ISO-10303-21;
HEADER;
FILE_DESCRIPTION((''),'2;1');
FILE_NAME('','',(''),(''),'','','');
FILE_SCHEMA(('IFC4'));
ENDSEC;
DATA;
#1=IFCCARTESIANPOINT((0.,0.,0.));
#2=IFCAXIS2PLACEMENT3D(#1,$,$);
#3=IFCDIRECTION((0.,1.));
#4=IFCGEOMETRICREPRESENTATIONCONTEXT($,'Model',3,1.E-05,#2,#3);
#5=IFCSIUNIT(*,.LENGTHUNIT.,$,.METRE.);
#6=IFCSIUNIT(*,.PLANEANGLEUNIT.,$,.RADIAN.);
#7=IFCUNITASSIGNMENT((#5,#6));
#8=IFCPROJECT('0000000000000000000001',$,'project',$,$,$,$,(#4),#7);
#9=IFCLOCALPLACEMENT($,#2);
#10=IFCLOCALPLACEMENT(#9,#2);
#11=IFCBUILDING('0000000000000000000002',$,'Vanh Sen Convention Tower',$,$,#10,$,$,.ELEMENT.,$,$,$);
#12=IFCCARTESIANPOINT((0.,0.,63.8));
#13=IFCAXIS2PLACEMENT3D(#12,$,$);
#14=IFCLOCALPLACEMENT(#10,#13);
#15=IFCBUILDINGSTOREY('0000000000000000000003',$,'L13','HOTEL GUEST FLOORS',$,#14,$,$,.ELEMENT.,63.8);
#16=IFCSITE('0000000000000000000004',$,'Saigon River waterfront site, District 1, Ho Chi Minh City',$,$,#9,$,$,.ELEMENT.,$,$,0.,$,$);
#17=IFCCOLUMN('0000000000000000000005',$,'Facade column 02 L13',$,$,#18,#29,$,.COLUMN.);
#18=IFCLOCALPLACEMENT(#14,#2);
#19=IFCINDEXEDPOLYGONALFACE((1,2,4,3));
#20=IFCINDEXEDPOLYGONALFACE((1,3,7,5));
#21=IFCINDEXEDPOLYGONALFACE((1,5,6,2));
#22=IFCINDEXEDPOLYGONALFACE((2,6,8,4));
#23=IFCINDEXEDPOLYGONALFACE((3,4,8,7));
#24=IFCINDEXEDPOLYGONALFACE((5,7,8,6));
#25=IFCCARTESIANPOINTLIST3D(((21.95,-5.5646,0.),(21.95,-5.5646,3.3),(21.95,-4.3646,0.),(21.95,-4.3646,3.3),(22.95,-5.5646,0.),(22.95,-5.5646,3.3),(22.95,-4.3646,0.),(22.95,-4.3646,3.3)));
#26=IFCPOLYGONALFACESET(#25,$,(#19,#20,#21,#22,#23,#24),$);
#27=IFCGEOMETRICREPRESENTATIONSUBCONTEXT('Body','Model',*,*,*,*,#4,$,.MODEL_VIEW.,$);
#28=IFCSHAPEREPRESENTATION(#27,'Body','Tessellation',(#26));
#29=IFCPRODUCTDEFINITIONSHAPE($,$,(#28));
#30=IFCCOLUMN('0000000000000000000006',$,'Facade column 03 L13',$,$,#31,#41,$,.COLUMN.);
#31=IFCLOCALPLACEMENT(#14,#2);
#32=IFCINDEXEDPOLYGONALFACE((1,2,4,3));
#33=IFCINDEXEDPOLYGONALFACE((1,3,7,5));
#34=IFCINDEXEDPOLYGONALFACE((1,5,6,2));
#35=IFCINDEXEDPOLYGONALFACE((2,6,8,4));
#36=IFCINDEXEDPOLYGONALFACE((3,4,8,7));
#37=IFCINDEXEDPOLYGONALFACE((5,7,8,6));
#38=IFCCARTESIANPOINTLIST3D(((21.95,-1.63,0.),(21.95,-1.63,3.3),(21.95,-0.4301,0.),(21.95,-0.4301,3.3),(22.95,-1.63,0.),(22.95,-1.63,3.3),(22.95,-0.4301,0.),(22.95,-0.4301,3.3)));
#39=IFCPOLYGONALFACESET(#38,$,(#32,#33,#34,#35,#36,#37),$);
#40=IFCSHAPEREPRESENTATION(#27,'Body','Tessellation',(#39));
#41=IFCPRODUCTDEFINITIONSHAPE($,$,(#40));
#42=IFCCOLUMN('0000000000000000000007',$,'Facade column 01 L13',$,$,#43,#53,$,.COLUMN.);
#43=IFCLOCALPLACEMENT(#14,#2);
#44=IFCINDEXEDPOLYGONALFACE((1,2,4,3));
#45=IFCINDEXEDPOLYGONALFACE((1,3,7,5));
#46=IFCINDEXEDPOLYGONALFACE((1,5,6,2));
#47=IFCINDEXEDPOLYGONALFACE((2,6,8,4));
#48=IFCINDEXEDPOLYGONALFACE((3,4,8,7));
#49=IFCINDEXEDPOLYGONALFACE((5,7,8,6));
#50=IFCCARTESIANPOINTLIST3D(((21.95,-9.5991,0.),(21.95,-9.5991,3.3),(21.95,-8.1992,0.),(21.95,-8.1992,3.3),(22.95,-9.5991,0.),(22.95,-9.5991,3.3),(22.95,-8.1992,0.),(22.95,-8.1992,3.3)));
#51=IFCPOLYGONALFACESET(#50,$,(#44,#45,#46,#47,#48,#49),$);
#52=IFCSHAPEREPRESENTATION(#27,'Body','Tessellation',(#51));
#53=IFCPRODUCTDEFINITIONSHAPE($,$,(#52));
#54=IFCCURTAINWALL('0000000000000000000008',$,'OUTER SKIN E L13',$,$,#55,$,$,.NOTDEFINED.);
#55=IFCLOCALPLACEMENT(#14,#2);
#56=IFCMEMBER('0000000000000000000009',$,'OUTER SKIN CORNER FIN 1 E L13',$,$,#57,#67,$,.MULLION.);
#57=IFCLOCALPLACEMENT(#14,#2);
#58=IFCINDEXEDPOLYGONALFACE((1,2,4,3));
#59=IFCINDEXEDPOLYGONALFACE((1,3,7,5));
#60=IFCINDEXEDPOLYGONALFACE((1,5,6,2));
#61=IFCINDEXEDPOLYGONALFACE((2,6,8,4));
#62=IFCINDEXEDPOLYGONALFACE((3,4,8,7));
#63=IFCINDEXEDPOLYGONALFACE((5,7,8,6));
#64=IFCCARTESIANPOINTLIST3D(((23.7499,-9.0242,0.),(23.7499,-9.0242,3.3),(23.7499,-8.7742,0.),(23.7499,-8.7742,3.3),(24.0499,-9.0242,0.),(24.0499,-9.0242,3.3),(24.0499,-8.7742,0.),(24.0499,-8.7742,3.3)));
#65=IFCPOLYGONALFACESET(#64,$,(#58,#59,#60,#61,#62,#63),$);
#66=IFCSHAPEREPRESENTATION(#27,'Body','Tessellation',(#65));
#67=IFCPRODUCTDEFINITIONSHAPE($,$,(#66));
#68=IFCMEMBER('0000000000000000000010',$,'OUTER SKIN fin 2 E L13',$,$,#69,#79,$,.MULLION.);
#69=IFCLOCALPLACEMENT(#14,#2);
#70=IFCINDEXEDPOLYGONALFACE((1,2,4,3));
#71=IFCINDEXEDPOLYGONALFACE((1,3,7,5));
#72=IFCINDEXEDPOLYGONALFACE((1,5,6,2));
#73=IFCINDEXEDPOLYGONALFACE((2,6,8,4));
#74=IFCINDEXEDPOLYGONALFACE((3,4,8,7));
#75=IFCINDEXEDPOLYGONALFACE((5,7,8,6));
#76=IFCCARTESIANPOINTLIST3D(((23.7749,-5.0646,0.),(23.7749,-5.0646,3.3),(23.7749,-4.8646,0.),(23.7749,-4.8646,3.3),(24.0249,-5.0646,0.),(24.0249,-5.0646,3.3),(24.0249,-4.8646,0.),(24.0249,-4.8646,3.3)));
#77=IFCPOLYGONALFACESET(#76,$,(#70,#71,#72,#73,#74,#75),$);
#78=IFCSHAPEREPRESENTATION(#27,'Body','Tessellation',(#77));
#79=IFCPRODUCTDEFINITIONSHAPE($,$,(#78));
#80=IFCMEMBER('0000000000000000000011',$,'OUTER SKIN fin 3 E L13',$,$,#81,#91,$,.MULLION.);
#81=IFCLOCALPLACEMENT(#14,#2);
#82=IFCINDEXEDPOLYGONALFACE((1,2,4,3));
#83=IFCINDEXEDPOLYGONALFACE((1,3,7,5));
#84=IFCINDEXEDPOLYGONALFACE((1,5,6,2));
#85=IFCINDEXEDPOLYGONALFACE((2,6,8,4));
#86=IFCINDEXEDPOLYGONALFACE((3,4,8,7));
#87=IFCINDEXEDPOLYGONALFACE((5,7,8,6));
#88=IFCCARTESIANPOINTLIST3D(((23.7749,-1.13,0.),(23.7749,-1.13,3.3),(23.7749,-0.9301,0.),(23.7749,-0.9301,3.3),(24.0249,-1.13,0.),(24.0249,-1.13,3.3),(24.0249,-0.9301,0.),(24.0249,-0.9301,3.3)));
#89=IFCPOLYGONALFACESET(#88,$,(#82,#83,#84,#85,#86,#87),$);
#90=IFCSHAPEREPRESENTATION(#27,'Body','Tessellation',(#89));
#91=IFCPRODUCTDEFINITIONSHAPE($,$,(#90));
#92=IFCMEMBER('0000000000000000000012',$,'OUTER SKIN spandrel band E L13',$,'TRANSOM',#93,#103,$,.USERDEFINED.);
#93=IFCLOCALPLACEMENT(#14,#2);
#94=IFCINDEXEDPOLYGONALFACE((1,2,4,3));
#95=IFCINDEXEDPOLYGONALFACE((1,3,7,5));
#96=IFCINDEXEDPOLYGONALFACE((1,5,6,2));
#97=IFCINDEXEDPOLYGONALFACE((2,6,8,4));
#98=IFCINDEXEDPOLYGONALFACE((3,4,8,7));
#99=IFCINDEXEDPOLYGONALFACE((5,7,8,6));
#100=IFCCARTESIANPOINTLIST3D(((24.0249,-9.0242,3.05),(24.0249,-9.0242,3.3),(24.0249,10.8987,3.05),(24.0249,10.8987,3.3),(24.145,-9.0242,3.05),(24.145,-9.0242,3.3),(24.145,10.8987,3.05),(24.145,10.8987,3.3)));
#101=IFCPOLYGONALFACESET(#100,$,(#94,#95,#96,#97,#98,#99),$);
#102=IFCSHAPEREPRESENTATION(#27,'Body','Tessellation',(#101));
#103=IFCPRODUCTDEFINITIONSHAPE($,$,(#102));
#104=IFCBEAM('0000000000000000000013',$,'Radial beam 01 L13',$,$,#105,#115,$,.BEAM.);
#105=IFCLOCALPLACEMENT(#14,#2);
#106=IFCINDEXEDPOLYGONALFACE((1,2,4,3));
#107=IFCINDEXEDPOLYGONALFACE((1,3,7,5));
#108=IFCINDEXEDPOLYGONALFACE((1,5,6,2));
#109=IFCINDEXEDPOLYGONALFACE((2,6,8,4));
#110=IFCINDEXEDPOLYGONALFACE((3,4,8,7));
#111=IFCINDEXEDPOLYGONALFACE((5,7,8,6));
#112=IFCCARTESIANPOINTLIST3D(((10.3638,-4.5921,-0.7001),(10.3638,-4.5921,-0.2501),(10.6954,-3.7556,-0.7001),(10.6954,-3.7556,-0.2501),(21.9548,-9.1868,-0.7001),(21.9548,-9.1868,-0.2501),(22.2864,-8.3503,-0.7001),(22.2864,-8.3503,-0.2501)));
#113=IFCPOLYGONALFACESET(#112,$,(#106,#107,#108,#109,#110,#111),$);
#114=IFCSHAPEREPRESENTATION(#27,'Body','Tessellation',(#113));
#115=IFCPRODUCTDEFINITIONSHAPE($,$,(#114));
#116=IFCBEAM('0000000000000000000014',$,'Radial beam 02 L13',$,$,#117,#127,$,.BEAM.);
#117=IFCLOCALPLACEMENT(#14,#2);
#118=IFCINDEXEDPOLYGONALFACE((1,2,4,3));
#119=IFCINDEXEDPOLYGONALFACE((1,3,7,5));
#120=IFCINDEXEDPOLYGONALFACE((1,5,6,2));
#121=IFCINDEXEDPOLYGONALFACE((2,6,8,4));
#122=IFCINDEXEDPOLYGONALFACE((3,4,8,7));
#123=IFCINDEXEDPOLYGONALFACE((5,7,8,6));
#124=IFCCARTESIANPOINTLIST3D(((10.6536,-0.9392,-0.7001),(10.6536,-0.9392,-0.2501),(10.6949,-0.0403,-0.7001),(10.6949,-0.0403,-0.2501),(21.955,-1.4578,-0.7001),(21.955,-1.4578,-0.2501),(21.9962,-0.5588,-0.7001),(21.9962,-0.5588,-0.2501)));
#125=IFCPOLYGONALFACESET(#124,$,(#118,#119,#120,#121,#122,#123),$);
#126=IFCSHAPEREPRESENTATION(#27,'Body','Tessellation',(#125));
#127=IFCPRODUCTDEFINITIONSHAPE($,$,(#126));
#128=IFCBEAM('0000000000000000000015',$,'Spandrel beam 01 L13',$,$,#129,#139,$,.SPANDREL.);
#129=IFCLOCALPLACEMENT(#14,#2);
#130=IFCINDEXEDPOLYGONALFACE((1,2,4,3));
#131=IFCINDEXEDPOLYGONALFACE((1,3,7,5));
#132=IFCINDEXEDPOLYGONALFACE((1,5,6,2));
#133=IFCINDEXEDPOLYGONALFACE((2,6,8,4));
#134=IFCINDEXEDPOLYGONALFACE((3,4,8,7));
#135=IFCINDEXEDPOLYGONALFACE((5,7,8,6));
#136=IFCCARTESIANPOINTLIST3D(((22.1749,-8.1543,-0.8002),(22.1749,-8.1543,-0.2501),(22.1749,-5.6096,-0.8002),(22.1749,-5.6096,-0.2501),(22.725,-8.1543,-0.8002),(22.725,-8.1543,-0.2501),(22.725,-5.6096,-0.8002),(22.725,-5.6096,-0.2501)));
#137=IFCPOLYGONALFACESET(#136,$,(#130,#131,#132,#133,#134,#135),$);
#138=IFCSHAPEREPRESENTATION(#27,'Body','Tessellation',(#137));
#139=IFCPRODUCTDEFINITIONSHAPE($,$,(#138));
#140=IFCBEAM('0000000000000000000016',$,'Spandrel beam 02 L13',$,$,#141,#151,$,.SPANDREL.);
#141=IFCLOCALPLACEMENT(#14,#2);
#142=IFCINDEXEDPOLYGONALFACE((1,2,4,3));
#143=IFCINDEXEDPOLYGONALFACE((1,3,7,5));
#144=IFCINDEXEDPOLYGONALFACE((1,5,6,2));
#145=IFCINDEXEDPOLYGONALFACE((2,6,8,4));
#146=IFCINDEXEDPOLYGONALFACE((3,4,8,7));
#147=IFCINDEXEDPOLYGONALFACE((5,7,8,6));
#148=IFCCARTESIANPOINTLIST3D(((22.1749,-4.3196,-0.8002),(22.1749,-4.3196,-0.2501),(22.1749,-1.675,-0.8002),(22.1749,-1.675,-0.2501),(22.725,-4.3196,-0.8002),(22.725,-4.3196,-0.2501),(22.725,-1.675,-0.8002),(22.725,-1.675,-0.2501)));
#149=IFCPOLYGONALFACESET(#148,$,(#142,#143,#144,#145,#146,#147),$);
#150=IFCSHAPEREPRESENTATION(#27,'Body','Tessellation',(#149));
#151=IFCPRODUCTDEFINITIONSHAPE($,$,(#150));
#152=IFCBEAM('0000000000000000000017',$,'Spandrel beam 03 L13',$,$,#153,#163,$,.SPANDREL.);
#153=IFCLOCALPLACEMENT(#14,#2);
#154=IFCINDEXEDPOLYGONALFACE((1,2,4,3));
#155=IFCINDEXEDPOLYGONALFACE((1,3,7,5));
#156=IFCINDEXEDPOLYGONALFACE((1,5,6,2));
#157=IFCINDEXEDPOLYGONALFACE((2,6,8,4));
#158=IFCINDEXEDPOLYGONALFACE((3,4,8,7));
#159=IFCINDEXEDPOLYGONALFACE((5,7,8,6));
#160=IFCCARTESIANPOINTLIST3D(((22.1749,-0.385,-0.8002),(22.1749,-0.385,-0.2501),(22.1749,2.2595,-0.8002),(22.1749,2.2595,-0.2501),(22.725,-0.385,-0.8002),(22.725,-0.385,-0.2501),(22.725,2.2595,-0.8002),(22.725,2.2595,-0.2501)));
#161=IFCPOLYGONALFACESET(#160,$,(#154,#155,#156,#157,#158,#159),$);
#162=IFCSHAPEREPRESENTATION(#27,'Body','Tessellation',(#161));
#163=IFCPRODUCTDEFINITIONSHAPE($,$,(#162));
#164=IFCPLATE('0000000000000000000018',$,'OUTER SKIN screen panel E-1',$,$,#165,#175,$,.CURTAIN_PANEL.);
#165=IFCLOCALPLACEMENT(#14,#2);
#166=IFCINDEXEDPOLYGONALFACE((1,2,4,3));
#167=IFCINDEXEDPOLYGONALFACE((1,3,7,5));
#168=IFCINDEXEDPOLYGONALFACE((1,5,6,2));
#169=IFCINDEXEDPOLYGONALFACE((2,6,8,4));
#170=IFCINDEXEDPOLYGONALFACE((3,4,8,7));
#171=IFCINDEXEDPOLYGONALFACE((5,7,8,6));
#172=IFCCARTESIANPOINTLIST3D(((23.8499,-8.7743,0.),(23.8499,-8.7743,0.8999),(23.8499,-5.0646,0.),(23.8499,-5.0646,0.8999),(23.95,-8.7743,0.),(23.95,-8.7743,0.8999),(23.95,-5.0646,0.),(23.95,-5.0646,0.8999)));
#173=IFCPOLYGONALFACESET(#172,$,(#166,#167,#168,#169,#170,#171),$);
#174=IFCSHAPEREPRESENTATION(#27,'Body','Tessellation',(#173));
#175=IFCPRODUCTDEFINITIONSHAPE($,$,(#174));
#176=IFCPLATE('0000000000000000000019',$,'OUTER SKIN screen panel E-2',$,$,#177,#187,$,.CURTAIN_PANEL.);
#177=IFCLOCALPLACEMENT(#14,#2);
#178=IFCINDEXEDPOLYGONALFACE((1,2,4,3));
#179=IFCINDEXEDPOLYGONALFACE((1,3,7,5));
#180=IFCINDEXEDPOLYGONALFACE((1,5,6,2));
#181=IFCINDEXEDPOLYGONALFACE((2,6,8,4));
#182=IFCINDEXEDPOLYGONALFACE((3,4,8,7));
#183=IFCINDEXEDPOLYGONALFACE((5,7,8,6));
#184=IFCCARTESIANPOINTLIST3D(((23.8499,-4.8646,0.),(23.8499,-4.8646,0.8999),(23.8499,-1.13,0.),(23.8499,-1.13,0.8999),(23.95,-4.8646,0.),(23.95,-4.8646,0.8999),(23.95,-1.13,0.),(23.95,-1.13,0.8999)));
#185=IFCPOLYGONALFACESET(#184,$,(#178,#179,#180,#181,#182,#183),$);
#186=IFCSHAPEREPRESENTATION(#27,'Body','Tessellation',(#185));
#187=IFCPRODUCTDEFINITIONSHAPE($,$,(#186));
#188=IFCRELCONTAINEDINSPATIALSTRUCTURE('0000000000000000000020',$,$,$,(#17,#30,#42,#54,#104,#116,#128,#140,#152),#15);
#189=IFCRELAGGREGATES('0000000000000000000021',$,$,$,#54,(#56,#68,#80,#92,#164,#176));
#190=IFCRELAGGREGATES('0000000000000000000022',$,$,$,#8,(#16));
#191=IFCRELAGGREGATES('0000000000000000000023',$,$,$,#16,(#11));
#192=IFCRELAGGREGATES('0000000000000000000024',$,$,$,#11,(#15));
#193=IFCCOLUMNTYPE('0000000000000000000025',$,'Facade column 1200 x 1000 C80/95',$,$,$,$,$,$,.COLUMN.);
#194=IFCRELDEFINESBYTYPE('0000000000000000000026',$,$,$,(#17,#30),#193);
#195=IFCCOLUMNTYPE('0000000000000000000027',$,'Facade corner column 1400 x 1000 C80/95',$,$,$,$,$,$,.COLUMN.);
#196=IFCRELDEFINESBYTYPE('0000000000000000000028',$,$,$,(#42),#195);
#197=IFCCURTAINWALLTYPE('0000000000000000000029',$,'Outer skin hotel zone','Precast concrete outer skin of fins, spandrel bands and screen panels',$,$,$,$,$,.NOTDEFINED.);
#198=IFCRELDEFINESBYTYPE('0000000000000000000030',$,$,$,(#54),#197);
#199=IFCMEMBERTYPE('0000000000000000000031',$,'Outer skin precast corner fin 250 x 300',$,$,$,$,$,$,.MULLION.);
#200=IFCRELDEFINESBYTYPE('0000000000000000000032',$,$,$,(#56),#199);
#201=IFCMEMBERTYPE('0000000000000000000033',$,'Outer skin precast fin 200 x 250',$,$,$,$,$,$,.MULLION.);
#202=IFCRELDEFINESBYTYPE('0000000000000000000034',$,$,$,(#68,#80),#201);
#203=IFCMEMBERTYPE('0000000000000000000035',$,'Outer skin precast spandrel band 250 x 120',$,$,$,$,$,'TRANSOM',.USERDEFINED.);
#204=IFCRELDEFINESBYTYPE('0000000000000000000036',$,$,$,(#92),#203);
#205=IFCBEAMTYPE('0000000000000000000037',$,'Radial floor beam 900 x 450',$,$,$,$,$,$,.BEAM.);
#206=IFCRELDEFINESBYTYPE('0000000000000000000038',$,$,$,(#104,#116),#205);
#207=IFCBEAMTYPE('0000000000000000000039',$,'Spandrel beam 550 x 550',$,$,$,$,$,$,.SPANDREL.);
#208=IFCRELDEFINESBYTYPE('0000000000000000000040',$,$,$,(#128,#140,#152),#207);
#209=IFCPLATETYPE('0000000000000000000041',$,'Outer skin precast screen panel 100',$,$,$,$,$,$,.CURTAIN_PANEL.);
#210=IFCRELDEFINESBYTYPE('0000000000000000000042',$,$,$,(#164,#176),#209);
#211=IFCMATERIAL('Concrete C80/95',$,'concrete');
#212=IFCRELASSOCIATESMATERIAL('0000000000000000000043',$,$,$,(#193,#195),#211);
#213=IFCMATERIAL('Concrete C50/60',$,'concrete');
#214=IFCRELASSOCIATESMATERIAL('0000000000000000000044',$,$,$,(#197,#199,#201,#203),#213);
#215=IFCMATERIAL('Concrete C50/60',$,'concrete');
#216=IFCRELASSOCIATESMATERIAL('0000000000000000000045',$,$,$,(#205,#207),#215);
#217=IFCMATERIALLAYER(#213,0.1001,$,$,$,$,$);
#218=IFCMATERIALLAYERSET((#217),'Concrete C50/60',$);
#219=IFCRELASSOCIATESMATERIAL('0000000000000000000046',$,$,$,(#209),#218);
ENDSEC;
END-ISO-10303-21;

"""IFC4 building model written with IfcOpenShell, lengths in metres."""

from ifc_helpers import new_model, si_unit, direction, frame, origin, origin_2d, place, context, subcontext, project, spatial, rectangle, extrude, material, layer, layer_set, material_profile, profile_set, type_object, element, aggregate, save


model = new_model("IFC4")

# Units and contexts
model_context = context("Model", 3, precision=1e-05, world=origin(), true_north=direction((0.0, 1.0)))
body_context = subcontext(model_context, "Body", "Model", "MODEL_VIEW")
ifc_project = project(units=[si_unit("LENGTHUNIT", "METRE"), si_unit("PLANEANGLEUNIT", "RADIAN")], contexts=[model_context])

# Site, building, storey
site_placement = place(None, origin())
site = spatial("IfcSite", under=ifc_project, at=site_placement, Name="Saigon River waterfront site, District 1, Ho Chi Minh City", CompositionType="ELEMENT", RefElevation=0.0)
building_placement = place(site_placement, origin())
building = spatial("IfcBuilding", under=site, at=building_placement, Name="Vanh Sen Convention Tower", CompositionType="ELEMENT")
storey_placement = place(building_placement, frame((0.0, 0.0, 63.8)))
storey = spatial("IfcBuildingStorey", under=building, at=storey_placement, Name="L13", Description="HOTEL GUEST FLOORS", CompositionType="ELEMENT", Elevation=63.8)

# Columns
ifc_material_1 = material(Name="Concrete C80/95", Category="concrete")
ifc_material_profile_1 = material_profile(ifc_material_1, rectangle(XDim=1.2, YDim=1.0, at=origin_2d()), Name="RC 1200X1000")
ifc_profile_set_1 = profile_set([ifc_material_profile_1], Name="Concrete C80/95")
column_type_1 = type_object("IfcColumnType", Name="Facade column 1200 x 1000 C80/95", PredefinedType="COLUMN", material=ifc_profile_set_1)
for number, where, z_axis, x_axis, name in (
    (1, (22.45, -4.9646, 0.0), (0.0, 0.0, 1.0), (0.0, 1.0, 0.0), "Facade column 02 L13"),
    (2, (22.45, -1.03, 0.0), (0.0, 0.0, 1.0), (0.0, 1.0, 0.0), "Facade column 03 L13"),
):
    element("IfcColumn", number, at=place(storey_placement, frame(where, z_axis=z_axis, x_axis=x_axis)), inside=storey, type_object=column_type_1, Name=name, PredefinedType="COLUMN", context=body_context, shape_type="SweptSolid", body=[
        extrude(rectangle(XDim=1.2, YDim=1.0, at=origin_2d()), origin(), (0.0, 0.0, 1.0), 3.3),
    ])
ifc_material_profile_2 = material_profile(ifc_material_1, rectangle(XDim=1.3999, YDim=1.0, at=origin_2d()), Name="RC 1400X1000")
ifc_profile_set_2 = profile_set([ifc_material_profile_2], Name="Concrete C80/95")
column_type_2 = type_object("IfcColumnType", Name="Facade corner column 1400 x 1000 C80/95", PredefinedType="COLUMN", material=ifc_profile_set_2)
column_placement = place(storey_placement, frame((22.45, -8.8992, 0.0), z_axis=(0.0, 0.0, 1.0), x_axis=(0.0, 1.0, 0.0)))
element("IfcColumn", 3, at=column_placement, inside=storey, type_object=column_type_2, Name="Facade column 01 L13", PredefinedType="COLUMN", context=body_context, shape_type="SweptSolid", body=[
    extrude(rectangle(XDim=1.3999, YDim=1.0, at=origin_2d()), origin(), (0.0, 0.0, 1.0), 3.3),
])

# Curtain wall, members
ifc_material_2 = material(Name="Concrete C50/60", Category="concrete")
curtain_wall_type = type_object("IfcCurtainWallType", Name="Outer skin hotel zone", Description="Precast concrete outer skin of fins, spandrel bands and screen panels", PredefinedType="NOTDEFINED", material=ifc_material_2)
curtain_wall_placement = place(storey_placement, origin())
curtain_wall = element("IfcCurtainWall", 4, at=curtain_wall_placement, inside=storey, type_object=curtain_wall_type, Name="OUTER SKIN E L13", PredefinedType="NOTDEFINED")
ifc_material_profile_3 = material_profile(ifc_material_2, rectangle(XDim=0.25, YDim=0.3, at=origin_2d()), Name="Outer skin precast corner fin 250 x 300")
ifc_profile_set_3 = profile_set([ifc_material_profile_3], Name="Concrete C50/60")
member_type_1 = type_object("IfcMemberType", Name="Outer skin precast corner fin 250 x 300", PredefinedType="MULLION", material=ifc_profile_set_3)
member_1_placement = place(storey_placement, frame((23.8999, -8.8992, 0.0), z_axis=(0.0, 0.0, 1.0), x_axis=(0.0, 1.0, 0.0)))
member_1 = element("IfcMember", 5, at=member_1_placement, type_object=member_type_1, Name="OUTER SKIN CORNER FIN 1 E L13", PredefinedType="MULLION", context=body_context, shape_type="SweptSolid", body=[
    extrude(rectangle(XDim=0.25, YDim=0.3, at=origin_2d()), origin(), (0.0, 0.0, 1.0), 3.3),
])
ifc_material_profile_4 = material_profile(ifc_material_2, rectangle(XDim=0.2, YDim=0.25, at=origin_2d()), Name="Outer skin precast fin 200 x 250")
ifc_profile_set_4 = profile_set([ifc_material_profile_4], Name="Concrete C50/60")
member_type_2 = type_object("IfcMemberType", Name="Outer skin precast fin 200 x 250", PredefinedType="MULLION", material=ifc_profile_set_4)
member_2_placement = place(storey_placement, frame((23.8999, -4.9646, 0.0), z_axis=(0.0, 0.0, 1.0), x_axis=(0.0, 1.0, 0.0)))
member_2 = element("IfcMember", 6, at=member_2_placement, type_object=member_type_2, Name="OUTER SKIN fin 2 E L13", PredefinedType="MULLION", context=body_context, shape_type="SweptSolid", body=[
    extrude(rectangle(XDim=0.2, YDim=0.25, at=origin_2d()), origin(), (0.0, 0.0, 1.0), 3.3),
])
member_3_placement = place(storey_placement, frame((23.8999, -1.03, 0.0), z_axis=(0.0, 0.0, 1.0), x_axis=(0.0, 1.0, 0.0)))
member_3 = element("IfcMember", 7, at=member_3_placement, type_object=member_type_2, Name="OUTER SKIN fin 3 E L13", PredefinedType="MULLION", context=body_context, shape_type="SweptSolid", body=[
    extrude(rectangle(XDim=0.2, YDim=0.25, at=origin_2d()), origin(), (0.0, 0.0, 1.0), 3.3),
])
ifc_material_profile_5 = material_profile(ifc_material_2, rectangle(XDim=0.1201, YDim=0.25, at=origin_2d()), Name="Outer skin precast spandrel band 250 x 120")
ifc_profile_set_5 = profile_set([ifc_material_profile_5], Name="Concrete C50/60")
member_type_3 = type_object("IfcMemberType", Name="Outer skin precast spandrel band 250 x 120", ElementType="TRANSOM", PredefinedType="USERDEFINED", material=ifc_profile_set_5)
member_4_placement = place(storey_placement, frame((24.085, -9.0242, 3.175), z_axis=(0.0, 1.0, 0.0), x_axis=(-1.0, 0.0, 0.0)))
member_4 = element("IfcMember", 8, at=member_4_placement, type_object=member_type_3, Name="OUTER SKIN spandrel band E L13", ObjectType="TRANSOM", PredefinedType="USERDEFINED", context=body_context, shape_type="SweptSolid", body=[
    extrude(rectangle(XDim=0.1201, YDim=0.25, at=origin_2d()), origin(), (0.0, 0.0, 1.0), 19.9229),
])

# Beams
ifc_material_3 = material(Name="Concrete C50/60", Category="concrete")
ifc_material_profile_6 = material_profile(ifc_material_3, rectangle(XDim=0.8999, YDim=0.45, at=origin_2d()), Name="RC 900X450")
ifc_profile_set_6 = profile_set([ifc_material_profile_6], Name="Concrete C50/60")
beam_type_1 = type_object("IfcBeamType", Name="Radial floor beam 900 x 450", PredefinedType="BEAM", material=ifc_profile_set_6)
beam_1_placement = place(storey_placement, frame((22.1206, -8.7686, -0.4751), z_axis=(-0.929625, 0.368506, 0.0), x_axis=(-0.368506, -0.929625, 0.0)))
element("IfcBeam", 9, at=beam_1_placement, inside=storey, type_object=beam_type_1, Name="Radial beam 01 L13", PredefinedType="BEAM", context=body_context, shape_type="SweptSolid", body=[
    extrude(rectangle(XDim=0.8999, YDim=0.45, at=origin_2d()), origin(), (0.0, 0.0, 1.0), 12.4685),
])
beam_2_placement = place(storey_placement, frame((21.9756, -1.0083, -0.4751), z_axis=(-0.998949, 0.045836, 0.0), x_axis=(-0.045836, -0.998949, 0.0)))
element("IfcBeam", 10, at=beam_2_placement, inside=storey, type_object=beam_type_1, Name="Radial beam 02 L13", PredefinedType="BEAM", context=body_context, shape_type="SweptSolid", body=[
    extrude(rectangle(XDim=0.8999, YDim=0.45, at=origin_2d()), origin(), (0.0, 0.0, 1.0), 11.3132),
])
ifc_material_profile_7 = material_profile(ifc_material_3, rectangle(XDim=0.55, YDim=0.55, at=origin_2d()), Name="RC 550X550")
ifc_profile_set_7 = profile_set([ifc_material_profile_7], Name="Concrete C50/60")
beam_type_2 = type_object("IfcBeamType", Name="Spandrel beam 550 x 550", PredefinedType="SPANDREL", material=ifc_profile_set_7)
beam_3_placement = place(storey_placement, frame((22.45, -8.1543, -0.5251), z_axis=(0.0, 1.0, 0.0), x_axis=(-1.0, 0.0, 0.0)))
element("IfcBeam", 11, at=beam_3_placement, inside=storey, type_object=beam_type_2, Name="Spandrel beam 01 L13", PredefinedType="SPANDREL", context=body_context, shape_type="SweptSolid", body=[
    extrude(rectangle(XDim=0.55, YDim=0.55, at=origin_2d()), origin(), (0.0, 0.0, 1.0), 2.5447),
])
for number, where, z_axis, x_axis, name in (
    (12, (22.45, -4.3196, -0.5251), (0.0, 1.0, 0.0), (-1.0, 0.0, 0.0), "Spandrel beam 02 L13"),
    (13, (22.45, -0.385, -0.5251), (0.0, 1.0, 0.0), (-1.0, 0.0, 0.0), "Spandrel beam 03 L13"),
):
    element("IfcBeam", number, at=place(storey_placement, frame(where, z_axis=z_axis, x_axis=x_axis)), inside=storey, type_object=beam_type_2, Name=name, PredefinedType="SPANDREL", context=body_context, shape_type="SweptSolid", body=[
        extrude(rectangle(XDim=0.55, YDim=0.55, at=origin_2d()), origin(), (0.0, 0.0, 1.0), 2.6445),
    ])

# Plates
ifc_layer_1 = layer(ifc_material_2, 0.1001)
ifc_layer_set_1 = layer_set([ifc_layer_1], Name="Concrete C50/60")
plate_type = type_object("IfcPlateType", Name="Outer skin precast screen panel 100", PredefinedType="CURTAIN_PANEL", material=ifc_layer_set_1)
plate_1_placement = place(storey_placement, frame((23.8999, -6.9194, 0.0), z_axis=(0.0, 0.0, 1.0), x_axis=(0.0, 1.0, 0.0)))
plate_1 = element("IfcPlate", 14, at=plate_1_placement, type_object=plate_type, Name="OUTER SKIN screen panel E-1", PredefinedType="CURTAIN_PANEL", context=body_context, shape_type="SweptSolid", body=[
    extrude(rectangle(XDim=3.7097, YDim=0.1001, at=origin_2d()), origin(), (0.0, 0.0, 1.0), 0.8999),
])
plate_2_placement = place(storey_placement, frame((23.8999, -2.9973, 0.0), z_axis=(0.0, 0.0, 1.0), x_axis=(0.0, 1.0, 0.0)))
plate_2 = element("IfcPlate", 15, at=plate_2_placement, type_object=plate_type, Name="OUTER SKIN screen panel E-2", PredefinedType="CURTAIN_PANEL", context=body_context, shape_type="SweptSolid", body=[
    extrude(rectangle(XDim=3.7346, YDim=0.1001, at=origin_2d()), origin(), (0.0, 0.0, 1.0), 0.8999),
])
aggregate(curtain_wall, [member_1, member_2, member_3, member_4, plate_1, plate_2])

save(model, "model.ifc")
